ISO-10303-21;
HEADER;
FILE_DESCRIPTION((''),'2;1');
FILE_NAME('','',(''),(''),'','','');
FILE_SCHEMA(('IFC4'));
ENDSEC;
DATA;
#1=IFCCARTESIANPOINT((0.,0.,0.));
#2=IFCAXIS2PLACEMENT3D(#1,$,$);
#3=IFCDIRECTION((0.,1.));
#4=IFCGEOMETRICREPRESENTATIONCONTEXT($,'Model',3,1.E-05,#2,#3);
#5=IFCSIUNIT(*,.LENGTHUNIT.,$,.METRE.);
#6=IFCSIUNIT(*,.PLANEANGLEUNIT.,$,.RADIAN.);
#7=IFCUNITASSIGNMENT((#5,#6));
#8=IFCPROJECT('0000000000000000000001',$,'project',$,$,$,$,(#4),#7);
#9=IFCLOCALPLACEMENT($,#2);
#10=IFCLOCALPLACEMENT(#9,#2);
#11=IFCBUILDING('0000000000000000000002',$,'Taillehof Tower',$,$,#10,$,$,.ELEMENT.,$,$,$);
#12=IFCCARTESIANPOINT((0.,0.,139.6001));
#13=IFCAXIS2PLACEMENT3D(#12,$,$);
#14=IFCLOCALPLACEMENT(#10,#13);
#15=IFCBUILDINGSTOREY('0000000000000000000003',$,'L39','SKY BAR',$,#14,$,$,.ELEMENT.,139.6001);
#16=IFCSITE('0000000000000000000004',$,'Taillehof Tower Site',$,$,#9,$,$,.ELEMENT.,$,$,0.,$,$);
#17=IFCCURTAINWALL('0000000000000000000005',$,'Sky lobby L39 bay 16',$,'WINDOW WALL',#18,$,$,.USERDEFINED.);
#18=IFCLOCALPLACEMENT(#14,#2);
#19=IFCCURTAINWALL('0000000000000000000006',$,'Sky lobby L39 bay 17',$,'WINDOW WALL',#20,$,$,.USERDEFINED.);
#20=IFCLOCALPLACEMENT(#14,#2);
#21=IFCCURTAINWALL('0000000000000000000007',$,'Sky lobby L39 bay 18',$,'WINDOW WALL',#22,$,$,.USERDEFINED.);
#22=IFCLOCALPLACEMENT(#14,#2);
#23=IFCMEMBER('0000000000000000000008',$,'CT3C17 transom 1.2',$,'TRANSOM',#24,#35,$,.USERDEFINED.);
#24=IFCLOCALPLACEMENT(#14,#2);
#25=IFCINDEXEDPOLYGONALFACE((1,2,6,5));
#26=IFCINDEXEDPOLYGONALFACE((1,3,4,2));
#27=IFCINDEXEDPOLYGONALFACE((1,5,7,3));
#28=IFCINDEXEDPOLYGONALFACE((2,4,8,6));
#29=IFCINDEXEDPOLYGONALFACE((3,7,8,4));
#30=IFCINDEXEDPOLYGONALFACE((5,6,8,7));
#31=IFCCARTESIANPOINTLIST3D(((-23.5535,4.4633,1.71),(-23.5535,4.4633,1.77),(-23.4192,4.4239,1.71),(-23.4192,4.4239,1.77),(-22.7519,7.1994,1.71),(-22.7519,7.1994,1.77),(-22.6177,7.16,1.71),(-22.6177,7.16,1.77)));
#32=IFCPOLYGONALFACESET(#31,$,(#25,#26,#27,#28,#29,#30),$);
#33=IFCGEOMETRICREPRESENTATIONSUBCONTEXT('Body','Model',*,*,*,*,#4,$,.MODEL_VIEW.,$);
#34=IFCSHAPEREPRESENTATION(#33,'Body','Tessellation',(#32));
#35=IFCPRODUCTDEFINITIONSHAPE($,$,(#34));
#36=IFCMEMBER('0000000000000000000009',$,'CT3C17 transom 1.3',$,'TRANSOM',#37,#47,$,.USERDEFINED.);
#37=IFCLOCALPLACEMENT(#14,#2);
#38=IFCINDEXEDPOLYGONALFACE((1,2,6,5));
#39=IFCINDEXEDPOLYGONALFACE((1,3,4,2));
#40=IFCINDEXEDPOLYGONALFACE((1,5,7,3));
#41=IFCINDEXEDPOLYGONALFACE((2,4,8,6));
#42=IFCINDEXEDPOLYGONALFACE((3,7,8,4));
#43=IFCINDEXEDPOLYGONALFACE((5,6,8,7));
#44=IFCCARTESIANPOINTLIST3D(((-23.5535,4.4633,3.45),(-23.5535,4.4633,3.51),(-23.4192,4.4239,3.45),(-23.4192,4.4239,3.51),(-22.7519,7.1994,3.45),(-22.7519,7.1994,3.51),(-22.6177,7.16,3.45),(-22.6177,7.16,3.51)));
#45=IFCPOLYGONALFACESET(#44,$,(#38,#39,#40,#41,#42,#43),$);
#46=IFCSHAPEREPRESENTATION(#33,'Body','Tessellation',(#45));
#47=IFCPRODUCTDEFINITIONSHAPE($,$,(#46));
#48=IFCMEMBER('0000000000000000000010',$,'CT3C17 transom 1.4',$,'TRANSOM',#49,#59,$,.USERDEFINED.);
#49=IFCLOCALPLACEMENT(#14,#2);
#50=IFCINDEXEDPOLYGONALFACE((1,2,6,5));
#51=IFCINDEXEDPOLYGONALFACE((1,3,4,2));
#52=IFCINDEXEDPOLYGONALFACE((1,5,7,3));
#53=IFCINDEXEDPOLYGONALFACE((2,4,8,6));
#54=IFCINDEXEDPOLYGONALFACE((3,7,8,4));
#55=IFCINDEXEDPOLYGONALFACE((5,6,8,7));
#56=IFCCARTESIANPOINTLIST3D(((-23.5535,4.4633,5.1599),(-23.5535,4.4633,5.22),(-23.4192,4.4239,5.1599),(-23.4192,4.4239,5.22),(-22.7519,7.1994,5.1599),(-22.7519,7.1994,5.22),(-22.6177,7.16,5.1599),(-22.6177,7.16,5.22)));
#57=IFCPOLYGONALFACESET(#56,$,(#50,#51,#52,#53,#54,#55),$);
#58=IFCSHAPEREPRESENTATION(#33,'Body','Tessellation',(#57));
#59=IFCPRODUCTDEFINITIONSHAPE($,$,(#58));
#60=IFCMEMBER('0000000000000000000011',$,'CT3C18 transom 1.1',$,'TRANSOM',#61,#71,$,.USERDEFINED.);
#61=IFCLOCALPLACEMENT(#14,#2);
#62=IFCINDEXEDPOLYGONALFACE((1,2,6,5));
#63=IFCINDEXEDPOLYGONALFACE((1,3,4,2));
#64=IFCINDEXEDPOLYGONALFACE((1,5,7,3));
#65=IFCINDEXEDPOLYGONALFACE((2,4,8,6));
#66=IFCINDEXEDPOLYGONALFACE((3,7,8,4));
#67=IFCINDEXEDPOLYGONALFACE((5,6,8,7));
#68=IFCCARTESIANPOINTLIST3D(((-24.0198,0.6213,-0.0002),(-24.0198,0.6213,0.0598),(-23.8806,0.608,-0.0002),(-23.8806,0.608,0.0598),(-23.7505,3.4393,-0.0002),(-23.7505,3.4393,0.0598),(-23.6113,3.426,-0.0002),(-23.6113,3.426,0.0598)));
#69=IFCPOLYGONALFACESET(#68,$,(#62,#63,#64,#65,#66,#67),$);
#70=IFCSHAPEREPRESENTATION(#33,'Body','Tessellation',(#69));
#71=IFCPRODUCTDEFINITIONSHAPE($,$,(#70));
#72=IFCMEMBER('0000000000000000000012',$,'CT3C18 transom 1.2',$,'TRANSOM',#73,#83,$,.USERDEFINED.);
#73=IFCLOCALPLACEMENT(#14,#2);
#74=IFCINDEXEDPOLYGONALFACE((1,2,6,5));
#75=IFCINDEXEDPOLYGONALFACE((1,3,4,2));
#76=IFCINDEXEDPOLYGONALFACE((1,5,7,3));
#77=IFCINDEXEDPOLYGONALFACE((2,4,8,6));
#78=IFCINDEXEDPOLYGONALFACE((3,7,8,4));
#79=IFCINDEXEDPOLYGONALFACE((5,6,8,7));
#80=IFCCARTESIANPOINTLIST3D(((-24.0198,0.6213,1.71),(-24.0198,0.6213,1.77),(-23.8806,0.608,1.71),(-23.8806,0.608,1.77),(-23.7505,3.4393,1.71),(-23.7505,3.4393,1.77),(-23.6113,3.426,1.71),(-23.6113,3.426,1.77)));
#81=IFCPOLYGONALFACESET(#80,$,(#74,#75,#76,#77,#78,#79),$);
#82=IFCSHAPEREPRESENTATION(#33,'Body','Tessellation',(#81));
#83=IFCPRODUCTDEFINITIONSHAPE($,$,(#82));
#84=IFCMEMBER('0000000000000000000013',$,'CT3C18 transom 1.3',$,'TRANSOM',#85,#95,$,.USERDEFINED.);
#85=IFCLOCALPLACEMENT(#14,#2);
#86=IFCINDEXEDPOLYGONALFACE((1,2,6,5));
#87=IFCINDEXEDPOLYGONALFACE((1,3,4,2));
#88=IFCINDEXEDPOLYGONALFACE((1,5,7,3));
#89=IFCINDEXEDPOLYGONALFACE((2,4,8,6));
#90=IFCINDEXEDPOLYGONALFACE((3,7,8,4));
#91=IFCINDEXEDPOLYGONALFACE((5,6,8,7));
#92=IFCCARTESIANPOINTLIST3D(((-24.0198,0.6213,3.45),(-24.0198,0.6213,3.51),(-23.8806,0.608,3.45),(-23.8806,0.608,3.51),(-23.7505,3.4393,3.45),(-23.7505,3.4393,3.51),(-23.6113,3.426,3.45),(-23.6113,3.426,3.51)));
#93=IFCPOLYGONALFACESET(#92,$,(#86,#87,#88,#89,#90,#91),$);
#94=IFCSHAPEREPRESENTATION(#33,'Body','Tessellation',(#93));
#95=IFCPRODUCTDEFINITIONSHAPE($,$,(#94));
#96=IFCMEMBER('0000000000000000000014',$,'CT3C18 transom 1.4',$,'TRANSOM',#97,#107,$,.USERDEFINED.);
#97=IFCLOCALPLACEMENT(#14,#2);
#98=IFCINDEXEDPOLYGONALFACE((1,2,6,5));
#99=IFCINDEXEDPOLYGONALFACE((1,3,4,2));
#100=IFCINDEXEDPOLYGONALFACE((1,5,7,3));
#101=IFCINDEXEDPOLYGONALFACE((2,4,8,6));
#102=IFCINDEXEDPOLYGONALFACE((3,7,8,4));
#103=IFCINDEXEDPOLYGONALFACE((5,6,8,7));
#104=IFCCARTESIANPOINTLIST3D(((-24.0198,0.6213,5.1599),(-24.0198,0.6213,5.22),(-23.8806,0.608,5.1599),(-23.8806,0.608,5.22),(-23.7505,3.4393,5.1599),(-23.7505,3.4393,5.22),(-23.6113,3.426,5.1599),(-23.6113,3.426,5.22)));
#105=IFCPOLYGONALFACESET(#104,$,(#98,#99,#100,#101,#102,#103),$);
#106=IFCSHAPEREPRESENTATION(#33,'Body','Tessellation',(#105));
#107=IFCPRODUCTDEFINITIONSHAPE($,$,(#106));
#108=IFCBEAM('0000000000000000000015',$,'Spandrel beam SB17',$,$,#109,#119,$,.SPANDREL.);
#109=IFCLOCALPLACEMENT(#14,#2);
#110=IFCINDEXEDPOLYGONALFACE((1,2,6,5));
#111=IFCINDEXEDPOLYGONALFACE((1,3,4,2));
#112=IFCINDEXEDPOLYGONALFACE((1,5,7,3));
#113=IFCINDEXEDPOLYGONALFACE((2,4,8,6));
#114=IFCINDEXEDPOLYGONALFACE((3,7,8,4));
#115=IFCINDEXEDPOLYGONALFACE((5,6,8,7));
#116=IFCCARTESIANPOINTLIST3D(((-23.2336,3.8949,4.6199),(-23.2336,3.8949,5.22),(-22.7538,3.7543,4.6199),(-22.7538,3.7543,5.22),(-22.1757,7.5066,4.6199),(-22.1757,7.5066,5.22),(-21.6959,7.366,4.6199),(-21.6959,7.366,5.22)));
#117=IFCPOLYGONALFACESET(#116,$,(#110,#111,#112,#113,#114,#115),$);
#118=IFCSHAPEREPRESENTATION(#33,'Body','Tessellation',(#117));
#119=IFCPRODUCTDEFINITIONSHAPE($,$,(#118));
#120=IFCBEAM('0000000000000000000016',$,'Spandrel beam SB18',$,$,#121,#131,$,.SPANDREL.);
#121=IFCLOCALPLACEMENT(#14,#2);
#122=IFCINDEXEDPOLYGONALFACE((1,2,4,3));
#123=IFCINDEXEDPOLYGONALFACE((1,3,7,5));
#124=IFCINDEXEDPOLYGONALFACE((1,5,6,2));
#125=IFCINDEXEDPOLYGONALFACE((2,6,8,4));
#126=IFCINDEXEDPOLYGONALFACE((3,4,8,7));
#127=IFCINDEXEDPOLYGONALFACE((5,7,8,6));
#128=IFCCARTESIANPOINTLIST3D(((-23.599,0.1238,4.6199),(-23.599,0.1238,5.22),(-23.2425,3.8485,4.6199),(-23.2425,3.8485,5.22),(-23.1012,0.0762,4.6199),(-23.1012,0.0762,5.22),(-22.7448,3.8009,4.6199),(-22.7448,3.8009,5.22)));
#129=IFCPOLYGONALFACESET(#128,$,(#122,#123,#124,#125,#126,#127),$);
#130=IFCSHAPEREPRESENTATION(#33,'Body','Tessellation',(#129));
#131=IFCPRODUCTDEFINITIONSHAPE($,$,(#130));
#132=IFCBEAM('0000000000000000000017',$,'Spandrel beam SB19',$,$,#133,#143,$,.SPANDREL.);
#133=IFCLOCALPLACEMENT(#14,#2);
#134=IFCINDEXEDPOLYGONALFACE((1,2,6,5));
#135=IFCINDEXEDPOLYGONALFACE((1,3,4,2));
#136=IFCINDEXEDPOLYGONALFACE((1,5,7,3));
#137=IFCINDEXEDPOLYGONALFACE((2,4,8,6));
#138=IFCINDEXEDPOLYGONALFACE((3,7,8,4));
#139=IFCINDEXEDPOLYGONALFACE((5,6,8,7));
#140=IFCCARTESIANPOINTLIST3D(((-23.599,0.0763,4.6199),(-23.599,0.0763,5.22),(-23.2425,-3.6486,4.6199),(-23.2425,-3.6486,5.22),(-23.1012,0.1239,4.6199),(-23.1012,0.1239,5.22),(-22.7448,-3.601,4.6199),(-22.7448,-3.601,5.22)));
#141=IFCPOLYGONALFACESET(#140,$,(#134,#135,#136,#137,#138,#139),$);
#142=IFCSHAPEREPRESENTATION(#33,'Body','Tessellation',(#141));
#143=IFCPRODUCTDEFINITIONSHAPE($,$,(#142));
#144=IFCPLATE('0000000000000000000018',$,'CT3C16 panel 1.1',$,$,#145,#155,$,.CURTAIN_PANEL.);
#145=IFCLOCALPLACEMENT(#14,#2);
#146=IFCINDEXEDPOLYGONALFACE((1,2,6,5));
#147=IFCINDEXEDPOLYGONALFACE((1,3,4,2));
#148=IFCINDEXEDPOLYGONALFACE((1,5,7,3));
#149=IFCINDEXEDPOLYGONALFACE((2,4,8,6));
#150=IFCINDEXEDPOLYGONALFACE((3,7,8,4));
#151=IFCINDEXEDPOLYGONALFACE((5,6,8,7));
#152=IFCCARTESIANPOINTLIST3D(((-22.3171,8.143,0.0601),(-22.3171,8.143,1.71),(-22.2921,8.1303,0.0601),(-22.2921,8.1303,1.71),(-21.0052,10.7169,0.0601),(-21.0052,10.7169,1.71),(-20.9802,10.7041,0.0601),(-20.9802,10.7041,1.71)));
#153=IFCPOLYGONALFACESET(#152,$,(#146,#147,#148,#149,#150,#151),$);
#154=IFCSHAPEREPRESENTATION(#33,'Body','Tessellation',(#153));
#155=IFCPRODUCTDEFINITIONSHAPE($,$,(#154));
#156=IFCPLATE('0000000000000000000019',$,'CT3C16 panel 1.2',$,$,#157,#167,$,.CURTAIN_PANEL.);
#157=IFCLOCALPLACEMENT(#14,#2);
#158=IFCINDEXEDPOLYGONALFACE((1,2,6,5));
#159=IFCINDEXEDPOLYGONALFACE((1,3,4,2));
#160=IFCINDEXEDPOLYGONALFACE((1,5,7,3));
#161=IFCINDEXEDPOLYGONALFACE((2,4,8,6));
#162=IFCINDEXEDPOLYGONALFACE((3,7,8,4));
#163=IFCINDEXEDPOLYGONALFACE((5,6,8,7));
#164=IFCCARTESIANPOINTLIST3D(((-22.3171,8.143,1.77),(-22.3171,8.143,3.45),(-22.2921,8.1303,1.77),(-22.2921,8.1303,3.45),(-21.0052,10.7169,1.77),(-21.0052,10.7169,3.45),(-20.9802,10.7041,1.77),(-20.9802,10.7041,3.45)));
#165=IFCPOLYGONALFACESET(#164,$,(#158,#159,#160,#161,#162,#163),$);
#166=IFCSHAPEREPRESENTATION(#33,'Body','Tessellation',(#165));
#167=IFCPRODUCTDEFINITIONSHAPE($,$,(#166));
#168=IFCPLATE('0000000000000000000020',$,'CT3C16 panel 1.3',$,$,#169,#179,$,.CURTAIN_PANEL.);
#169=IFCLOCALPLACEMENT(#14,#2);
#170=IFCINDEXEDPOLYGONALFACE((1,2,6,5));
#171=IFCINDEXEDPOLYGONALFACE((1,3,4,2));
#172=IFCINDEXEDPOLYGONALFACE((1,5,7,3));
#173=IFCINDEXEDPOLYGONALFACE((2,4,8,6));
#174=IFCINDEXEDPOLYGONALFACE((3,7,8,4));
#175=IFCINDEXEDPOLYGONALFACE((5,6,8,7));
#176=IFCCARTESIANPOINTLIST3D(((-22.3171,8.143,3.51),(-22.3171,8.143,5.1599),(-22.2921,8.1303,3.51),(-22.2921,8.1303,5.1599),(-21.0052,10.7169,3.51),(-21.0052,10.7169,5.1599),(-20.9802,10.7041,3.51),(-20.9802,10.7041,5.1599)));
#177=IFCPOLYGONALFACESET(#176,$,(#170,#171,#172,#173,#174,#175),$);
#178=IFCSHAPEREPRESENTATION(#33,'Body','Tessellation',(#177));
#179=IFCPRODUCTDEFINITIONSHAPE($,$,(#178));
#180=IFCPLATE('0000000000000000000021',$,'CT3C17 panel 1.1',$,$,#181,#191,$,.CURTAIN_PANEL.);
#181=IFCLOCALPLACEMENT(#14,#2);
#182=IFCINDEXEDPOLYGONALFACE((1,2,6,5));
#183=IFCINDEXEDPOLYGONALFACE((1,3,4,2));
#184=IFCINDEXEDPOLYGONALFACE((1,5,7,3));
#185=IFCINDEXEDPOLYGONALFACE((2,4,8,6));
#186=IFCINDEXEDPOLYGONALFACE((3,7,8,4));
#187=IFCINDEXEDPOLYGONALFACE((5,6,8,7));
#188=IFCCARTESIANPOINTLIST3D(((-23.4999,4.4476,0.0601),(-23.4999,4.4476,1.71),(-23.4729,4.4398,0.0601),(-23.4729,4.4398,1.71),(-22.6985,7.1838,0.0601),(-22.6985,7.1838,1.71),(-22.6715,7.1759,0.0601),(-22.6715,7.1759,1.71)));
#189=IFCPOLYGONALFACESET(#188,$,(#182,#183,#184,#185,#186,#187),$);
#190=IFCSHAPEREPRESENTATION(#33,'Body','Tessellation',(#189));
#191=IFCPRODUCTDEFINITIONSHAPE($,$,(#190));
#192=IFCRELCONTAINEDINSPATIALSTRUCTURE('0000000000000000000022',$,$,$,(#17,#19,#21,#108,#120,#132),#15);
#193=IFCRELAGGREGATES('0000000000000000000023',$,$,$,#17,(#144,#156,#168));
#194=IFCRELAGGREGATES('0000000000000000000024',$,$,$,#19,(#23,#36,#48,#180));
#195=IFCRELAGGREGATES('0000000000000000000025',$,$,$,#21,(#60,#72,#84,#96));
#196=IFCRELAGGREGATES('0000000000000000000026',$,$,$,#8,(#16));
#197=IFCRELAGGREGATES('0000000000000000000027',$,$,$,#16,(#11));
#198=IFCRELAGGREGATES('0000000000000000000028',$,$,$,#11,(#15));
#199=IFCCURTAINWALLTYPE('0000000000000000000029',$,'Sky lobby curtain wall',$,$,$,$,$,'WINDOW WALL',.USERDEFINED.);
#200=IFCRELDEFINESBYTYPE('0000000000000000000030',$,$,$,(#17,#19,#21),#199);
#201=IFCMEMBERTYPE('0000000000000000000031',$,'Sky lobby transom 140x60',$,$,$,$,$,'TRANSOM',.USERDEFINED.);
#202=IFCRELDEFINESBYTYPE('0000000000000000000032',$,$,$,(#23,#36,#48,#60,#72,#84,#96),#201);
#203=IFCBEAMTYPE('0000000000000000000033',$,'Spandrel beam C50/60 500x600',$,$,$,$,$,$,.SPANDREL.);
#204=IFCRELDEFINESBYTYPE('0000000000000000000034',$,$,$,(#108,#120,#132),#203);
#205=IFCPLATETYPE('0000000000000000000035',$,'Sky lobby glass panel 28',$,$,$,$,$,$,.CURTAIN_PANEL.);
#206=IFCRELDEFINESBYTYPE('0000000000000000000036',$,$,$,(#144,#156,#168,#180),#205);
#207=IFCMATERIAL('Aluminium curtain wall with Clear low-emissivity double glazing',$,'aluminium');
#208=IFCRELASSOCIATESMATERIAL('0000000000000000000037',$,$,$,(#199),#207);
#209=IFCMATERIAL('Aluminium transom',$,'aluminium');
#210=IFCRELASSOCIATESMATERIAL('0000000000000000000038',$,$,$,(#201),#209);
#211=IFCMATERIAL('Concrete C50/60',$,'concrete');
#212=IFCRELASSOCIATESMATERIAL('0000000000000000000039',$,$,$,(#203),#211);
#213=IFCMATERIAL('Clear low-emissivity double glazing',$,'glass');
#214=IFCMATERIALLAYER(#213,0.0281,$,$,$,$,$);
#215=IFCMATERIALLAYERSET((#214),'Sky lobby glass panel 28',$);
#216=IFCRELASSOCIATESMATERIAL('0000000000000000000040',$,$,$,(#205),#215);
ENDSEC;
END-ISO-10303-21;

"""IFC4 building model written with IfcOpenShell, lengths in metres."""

from ifc_helpers import new_model, si_unit, direction, frame, origin, origin_2d, place, context, subcontext, project, spatial, rectangle, extrude, material, layer, layer_set, material_profile, profile_set, type_object, element, aggregate, save


model = new_model("IFC4")

# Units and contexts
model_context = context("Model", 3, precision=1e-05, world=origin(), true_north=direction((0.0, 1.0)))
body_context = subcontext(model_context, "Body", "Model", "MODEL_VIEW")
ifc_project = project(units=[si_unit("LENGTHUNIT", "METRE"), si_unit("PLANEANGLEUNIT", "RADIAN")], contexts=[model_context])

# Site, building, storey
site_placement = place(None, origin())
site = spatial("IfcSite", under=ifc_project, at=site_placement, Name="Taillehof Tower Site", CompositionType="ELEMENT", RefElevation=0.0)
building_placement = place(site_placement, origin())
building = spatial("IfcBuilding", under=site, at=building_placement, Name="Taillehof Tower", CompositionType="ELEMENT")
storey_placement = place(building_placement, frame((0.0, 0.0, 139.6001)))
storey = spatial("IfcBuildingStorey", under=building, at=storey_placement, Name="L39", Description="SKY BAR", CompositionType="ELEMENT", Elevation=139.6001)

# Curtain wall
ifc_material_1 = material(Name="Aluminium curtain wall with Clear low-emissivity double glazing", Category="aluminium")
curtain_wall_type = type_object("IfcCurtainWallType", Name="Sky lobby curtain wall", ElementType="WINDOW WALL", PredefinedType="USERDEFINED", material=ifc_material_1)
curtain_wall_1_placement = place(storey_placement, origin())
curtain_wall_1 = element("IfcCurtainWall", 1, at=curtain_wall_1_placement, inside=storey, type_object=curtain_wall_type, Name="Sky lobby L39 bay 16", ObjectType="WINDOW WALL", PredefinedType="USERDEFINED")

# Curtain walls
curtain_wall_2_placement = place(storey_placement, origin())
curtain_wall_2 = element("IfcCurtainWall", 2, at=curtain_wall_2_placement, inside=storey, type_object=curtain_wall_type, Name="Sky lobby L39 bay 17", ObjectType="WINDOW WALL", PredefinedType="USERDEFINED")
curtain_wall_3_placement = place(storey_placement, origin())
curtain_wall_3 = element("IfcCurtainWall", 3, at=curtain_wall_3_placement, inside=storey, type_object=curtain_wall_type, Name="Sky lobby L39 bay 18", ObjectType="WINDOW WALL", PredefinedType="USERDEFINED")

# Members
ifc_material_2 = material(Name="Aluminium transom", Category="aluminium")
ifc_material_profile_1 = material_profile(ifc_material_2, rectangle(XDim=0.1399, YDim=0.0601, at=origin_2d()), Name="AL 140x60")
ifc_profile_set_1 = profile_set([ifc_material_profile_1], Name="Aluminium transom")
member_type_1 = type_object("IfcMemberType", Name="Sky lobby transom 140x60", ElementType="TRANSOM", PredefinedType="USERDEFINED", material=ifc_profile_set_1)
member_1_placement = place(storey_placement, frame((-22.6848, 7.1797, 1.74), z_axis=(-0.281128, -0.95967, 0.0), x_axis=(0.95967, -0.281128, 0.0)))
member_1 = element("IfcMember", 4, at=member_1_placement, type_object=member_type_1, Name="CT3C17 transom 1.2", ObjectType="TRANSOM", PredefinedType="USERDEFINED", context=body_context, shape_type="SweptSolid", body=[
    extrude(rectangle(XDim=0.1399, YDim=0.0601, at=origin_2d()), origin(), (0.0, 0.0, 1.0), 2.8511),
])
member_2_placement = place(storey_placement, frame((-22.6848, 7.1797, 3.48), z_axis=(-0.281128, -0.95967, 0.0), x_axis=(0.95967, -0.281128, 0.0)))
member_2 = element("IfcMember", 5, at=member_2_placement, type_object=member_type_1, Name="CT3C17 transom 1.3", ObjectType="TRANSOM", PredefinedType="USERDEFINED", context=body_context, shape_type="SweptSolid", body=[
    extrude(rectangle(XDim=0.1399, YDim=0.0601, at=origin_2d()), origin(), (0.0, 0.0, 1.0), 2.8511),
])
member_3_placement = place(storey_placement, frame((-22.6848, 7.1797, 5.1899), z_axis=(-0.281128, -0.95967, 0.0), x_axis=(0.95967, -0.281128, 0.0)))
member_3 = element("IfcMember", 6, at=member_3_placement, type_object=member_type_1, Name="CT3C17 transom 1.4", ObjectType="TRANSOM", PredefinedType="USERDEFINED", context=body_context, shape_type="SweptSolid", body=[
    extrude(rectangle(XDim=0.1399, YDim=0.0601, at=origin_2d()), origin(), (0.0, 0.0, 1.0), 2.8511),
])
member_4_placement = place(storey_placement, frame((-23.6809, 3.4326, 0.0298), z_axis=(-0.095131, -0.995465, 0.0), x_axis=(0.995465, -0.095131, 0.0)))
member_4 = element("IfcMember", 7, at=member_4_placement, type_object=member_type_1, Name="CT3C18 transom 1.1", ObjectType="TRANSOM", PredefinedType="USERDEFINED", context=body_context, shape_type="SweptSolid", body=[
    extrude(rectangle(XDim=0.1399, YDim=0.0601, at=origin_2d()), origin(), (0.0, 0.0, 1.0), 2.8308),
])
member_5_placement = place(storey_placement, frame((-23.6809, 3.4326, 1.74), z_axis=(-0.095131, -0.995465, 0.0), x_axis=(0.995465, -0.095131, 0.0)))
member_5 = element("IfcMember", 8, at=member_5_placement, type_object=member_type_1, Name="CT3C18 transom 1.2", ObjectType="TRANSOM", PredefinedType="USERDEFINED", context=body_context, shape_type="SweptSolid", body=[
    extrude(rectangle(XDim=0.1399, YDim=0.0601, at=origin_2d()), origin(), (0.0, 0.0, 1.0), 2.8308),
])
member_6_placement = place(storey_placement, frame((-23.6809, 3.4326, 3.48), z_axis=(-0.095131, -0.995465, 0.0), x_axis=(0.995465, -0.095131, 0.0)))
member_6 = element("IfcMember", 9, at=member_6_placement, type_object=member_type_1, Name="CT3C18 transom 1.3", ObjectType="TRANSOM", PredefinedType="USERDEFINED", context=body_context, shape_type="SweptSolid", body=[
    extrude(rectangle(XDim=0.1399, YDim=0.0601, at=origin_2d()), origin(), (0.0, 0.0, 1.0), 2.8308),
])
member_7_placement = place(storey_placement, frame((-23.6809, 3.4326, 5.1899), z_axis=(-0.095131, -0.995465, 0.0), x_axis=(0.995465, -0.095131, 0.0)))
member_7 = element("IfcMember", 10, at=member_7_placement, type_object=member_type_1, Name="CT3C18 transom 1.4", ObjectType="TRANSOM", PredefinedType="USERDEFINED", context=body_context, shape_type="SweptSolid", body=[
    extrude(rectangle(XDim=0.1399, YDim=0.0601, at=origin_2d()), origin(), (0.0, 0.0, 1.0), 2.8308),
])

# Beams
ifc_material_3 = material(Name="Concrete C50/60", Category="concrete")
ifc_material_profile_2 = material_profile(ifc_material_3, rectangle(XDim=0.5, YDim=0.6001, at=origin_2d()), Name="RC 500x600")
ifc_profile_set_2 = profile_set([ifc_material_profile_2], Name="Concrete C50/60")
beam_type_1 = type_object("IfcBeamType", Name="Spandrel beam C50/60 500x600", PredefinedType="SPANDREL", material=ifc_profile_set_2)
beam_1_placement = place(storey_placement, frame((-21.9358, 7.4363, 4.9199), z_axis=(-0.281098, -0.959679, 0.0), x_axis=(0.959679, -0.281098, 0.0)))
element("IfcBeam", 11, at=beam_1_placement, inside=storey, type_object=beam_type_1, Name="Spandrel beam SB17", PredefinedType="SPANDREL", context=body_context, shape_type="SweptSolid", body=[
    extrude(rectangle(XDim=0.5, YDim=0.6001, at=origin_2d()), origin(), (0.0, 0.0, 1.0), 3.7634),
])
beam_2_placement = place(storey_placement, frame((-22.9937, 3.8247, 4.9199), z_axis=(-0.095265, -0.995452, 0.0), x_axis=(0.995452, -0.095265, 0.0)))
element("IfcBeam", 12, at=beam_2_placement, inside=storey, type_object=beam_type_1, Name="Spandrel beam SB18", PredefinedType="SPANDREL", context=body_context, shape_type="SweptSolid", body=[
    extrude(rectangle(XDim=0.5, YDim=0.6001, at=origin_2d()), origin(), (0.0, 0.0, 1.0), 3.7417),
])
beam_3_placement = place(storey_placement, frame((-23.3501, 0.1001, 4.9199), z_axis=(0.095259, -0.995453, 0.0), x_axis=(0.995453, 0.095259, 0.0)))
element("IfcBeam", 13, at=beam_3_placement, inside=storey, type_object=beam_type_1, Name="Spandrel beam SB19", PredefinedType="SPANDREL", context=body_context, shape_type="SweptSolid", body=[
    extrude(rectangle(XDim=0.5, YDim=0.6001, at=origin_2d()), origin(), (0.0, 0.0, 1.0), 3.7419),
])

# Plates
ifc_material_4 = material(Name="Clear low-emissivity double glazing", Category="glass")
ifc_layer_1 = layer(ifc_material_4, 0.0281)
ifc_layer_set_1 = layer_set([ifc_layer_1], Name="Sky lobby glass panel 28")
plate_type = type_object("IfcPlateType", Name="Sky lobby glass panel 28", PredefinedType="CURTAIN_PANEL", material=ifc_layer_set_1)
plate_1_placement = place(storey_placement, frame((-21.6487, 9.4236, 0.0601), z_axis=(0.0, 0.0, 1.0), x_axis=(-0.454121, -0.89094, 0.0)))
plate_1 = element("IfcPlate", 14, at=plate_1_placement, type_object=plate_type, Name="CT3C16 panel 1.1", PredefinedType="CURTAIN_PANEL", context=body_context, shape_type="SweptSolid", body=[
    extrude(rectangle(XDim=2.8889, YDim=0.0281, at=origin_2d()), origin(), (0.0, 0.0, 1.0), 1.6499),
])
plate_2_placement = place(storey_placement, frame((-21.6487, 9.4236, 1.77), z_axis=(0.0, 0.0, 1.0), x_axis=(-0.454121, -0.89094, 0.0)))
plate_2 = element("IfcPlate", 15, at=plate_2_placement, type_object=plate_type, Name="CT3C16 panel 1.2", PredefinedType="CURTAIN_PANEL", context=body_context, shape_type="SweptSolid", body=[
    extrude(rectangle(XDim=2.8889, YDim=0.0281, at=origin_2d()), origin(), (0.0, 0.0, 1.0), 1.6799),
])
plate_3_placement = place(storey_placement, frame((-21.6487, 9.4236, 3.51), z_axis=(0.0, 0.0, 1.0), x_axis=(-0.454121, -0.89094, 0.0)))
plate_3 = element("IfcPlate", 16, at=plate_3_placement, type_object=plate_type, Name="CT3C16 panel 1.3", PredefinedType="CURTAIN_PANEL", context=body_context, shape_type="SweptSolid", body=[
    extrude(rectangle(XDim=2.8889, YDim=0.0281, at=origin_2d()), origin(), (0.0, 0.0, 1.0), 1.6499),
])
aggregate(curtain_wall_1, [plate_1, plate_2, plate_3])
plate_4_placement = place(storey_placement, frame((-23.0857, 5.8118, 0.0601), z_axis=(0.0, 0.0, 1.0), x_axis=(-0.28108, -0.959684, 0.0)))
plate_4 = element("IfcPlate", 17, at=plate_4_placement, type_object=plate_type, Name="CT3C17 panel 1.1", PredefinedType="CURTAIN_PANEL", context=body_context, shape_type="SweptSolid", body=[
    extrude(rectangle(XDim=2.8511, YDim=0.0281, at=origin_2d()), origin(), (0.0, 0.0, 1.0), 1.6499),
])
aggregate(curtain_wall_2, [member_1, member_2, member_3, plate_4])
aggregate(curtain_wall_3, [member_4, member_5, member_6, member_7])

save(model, "model.ifc")
